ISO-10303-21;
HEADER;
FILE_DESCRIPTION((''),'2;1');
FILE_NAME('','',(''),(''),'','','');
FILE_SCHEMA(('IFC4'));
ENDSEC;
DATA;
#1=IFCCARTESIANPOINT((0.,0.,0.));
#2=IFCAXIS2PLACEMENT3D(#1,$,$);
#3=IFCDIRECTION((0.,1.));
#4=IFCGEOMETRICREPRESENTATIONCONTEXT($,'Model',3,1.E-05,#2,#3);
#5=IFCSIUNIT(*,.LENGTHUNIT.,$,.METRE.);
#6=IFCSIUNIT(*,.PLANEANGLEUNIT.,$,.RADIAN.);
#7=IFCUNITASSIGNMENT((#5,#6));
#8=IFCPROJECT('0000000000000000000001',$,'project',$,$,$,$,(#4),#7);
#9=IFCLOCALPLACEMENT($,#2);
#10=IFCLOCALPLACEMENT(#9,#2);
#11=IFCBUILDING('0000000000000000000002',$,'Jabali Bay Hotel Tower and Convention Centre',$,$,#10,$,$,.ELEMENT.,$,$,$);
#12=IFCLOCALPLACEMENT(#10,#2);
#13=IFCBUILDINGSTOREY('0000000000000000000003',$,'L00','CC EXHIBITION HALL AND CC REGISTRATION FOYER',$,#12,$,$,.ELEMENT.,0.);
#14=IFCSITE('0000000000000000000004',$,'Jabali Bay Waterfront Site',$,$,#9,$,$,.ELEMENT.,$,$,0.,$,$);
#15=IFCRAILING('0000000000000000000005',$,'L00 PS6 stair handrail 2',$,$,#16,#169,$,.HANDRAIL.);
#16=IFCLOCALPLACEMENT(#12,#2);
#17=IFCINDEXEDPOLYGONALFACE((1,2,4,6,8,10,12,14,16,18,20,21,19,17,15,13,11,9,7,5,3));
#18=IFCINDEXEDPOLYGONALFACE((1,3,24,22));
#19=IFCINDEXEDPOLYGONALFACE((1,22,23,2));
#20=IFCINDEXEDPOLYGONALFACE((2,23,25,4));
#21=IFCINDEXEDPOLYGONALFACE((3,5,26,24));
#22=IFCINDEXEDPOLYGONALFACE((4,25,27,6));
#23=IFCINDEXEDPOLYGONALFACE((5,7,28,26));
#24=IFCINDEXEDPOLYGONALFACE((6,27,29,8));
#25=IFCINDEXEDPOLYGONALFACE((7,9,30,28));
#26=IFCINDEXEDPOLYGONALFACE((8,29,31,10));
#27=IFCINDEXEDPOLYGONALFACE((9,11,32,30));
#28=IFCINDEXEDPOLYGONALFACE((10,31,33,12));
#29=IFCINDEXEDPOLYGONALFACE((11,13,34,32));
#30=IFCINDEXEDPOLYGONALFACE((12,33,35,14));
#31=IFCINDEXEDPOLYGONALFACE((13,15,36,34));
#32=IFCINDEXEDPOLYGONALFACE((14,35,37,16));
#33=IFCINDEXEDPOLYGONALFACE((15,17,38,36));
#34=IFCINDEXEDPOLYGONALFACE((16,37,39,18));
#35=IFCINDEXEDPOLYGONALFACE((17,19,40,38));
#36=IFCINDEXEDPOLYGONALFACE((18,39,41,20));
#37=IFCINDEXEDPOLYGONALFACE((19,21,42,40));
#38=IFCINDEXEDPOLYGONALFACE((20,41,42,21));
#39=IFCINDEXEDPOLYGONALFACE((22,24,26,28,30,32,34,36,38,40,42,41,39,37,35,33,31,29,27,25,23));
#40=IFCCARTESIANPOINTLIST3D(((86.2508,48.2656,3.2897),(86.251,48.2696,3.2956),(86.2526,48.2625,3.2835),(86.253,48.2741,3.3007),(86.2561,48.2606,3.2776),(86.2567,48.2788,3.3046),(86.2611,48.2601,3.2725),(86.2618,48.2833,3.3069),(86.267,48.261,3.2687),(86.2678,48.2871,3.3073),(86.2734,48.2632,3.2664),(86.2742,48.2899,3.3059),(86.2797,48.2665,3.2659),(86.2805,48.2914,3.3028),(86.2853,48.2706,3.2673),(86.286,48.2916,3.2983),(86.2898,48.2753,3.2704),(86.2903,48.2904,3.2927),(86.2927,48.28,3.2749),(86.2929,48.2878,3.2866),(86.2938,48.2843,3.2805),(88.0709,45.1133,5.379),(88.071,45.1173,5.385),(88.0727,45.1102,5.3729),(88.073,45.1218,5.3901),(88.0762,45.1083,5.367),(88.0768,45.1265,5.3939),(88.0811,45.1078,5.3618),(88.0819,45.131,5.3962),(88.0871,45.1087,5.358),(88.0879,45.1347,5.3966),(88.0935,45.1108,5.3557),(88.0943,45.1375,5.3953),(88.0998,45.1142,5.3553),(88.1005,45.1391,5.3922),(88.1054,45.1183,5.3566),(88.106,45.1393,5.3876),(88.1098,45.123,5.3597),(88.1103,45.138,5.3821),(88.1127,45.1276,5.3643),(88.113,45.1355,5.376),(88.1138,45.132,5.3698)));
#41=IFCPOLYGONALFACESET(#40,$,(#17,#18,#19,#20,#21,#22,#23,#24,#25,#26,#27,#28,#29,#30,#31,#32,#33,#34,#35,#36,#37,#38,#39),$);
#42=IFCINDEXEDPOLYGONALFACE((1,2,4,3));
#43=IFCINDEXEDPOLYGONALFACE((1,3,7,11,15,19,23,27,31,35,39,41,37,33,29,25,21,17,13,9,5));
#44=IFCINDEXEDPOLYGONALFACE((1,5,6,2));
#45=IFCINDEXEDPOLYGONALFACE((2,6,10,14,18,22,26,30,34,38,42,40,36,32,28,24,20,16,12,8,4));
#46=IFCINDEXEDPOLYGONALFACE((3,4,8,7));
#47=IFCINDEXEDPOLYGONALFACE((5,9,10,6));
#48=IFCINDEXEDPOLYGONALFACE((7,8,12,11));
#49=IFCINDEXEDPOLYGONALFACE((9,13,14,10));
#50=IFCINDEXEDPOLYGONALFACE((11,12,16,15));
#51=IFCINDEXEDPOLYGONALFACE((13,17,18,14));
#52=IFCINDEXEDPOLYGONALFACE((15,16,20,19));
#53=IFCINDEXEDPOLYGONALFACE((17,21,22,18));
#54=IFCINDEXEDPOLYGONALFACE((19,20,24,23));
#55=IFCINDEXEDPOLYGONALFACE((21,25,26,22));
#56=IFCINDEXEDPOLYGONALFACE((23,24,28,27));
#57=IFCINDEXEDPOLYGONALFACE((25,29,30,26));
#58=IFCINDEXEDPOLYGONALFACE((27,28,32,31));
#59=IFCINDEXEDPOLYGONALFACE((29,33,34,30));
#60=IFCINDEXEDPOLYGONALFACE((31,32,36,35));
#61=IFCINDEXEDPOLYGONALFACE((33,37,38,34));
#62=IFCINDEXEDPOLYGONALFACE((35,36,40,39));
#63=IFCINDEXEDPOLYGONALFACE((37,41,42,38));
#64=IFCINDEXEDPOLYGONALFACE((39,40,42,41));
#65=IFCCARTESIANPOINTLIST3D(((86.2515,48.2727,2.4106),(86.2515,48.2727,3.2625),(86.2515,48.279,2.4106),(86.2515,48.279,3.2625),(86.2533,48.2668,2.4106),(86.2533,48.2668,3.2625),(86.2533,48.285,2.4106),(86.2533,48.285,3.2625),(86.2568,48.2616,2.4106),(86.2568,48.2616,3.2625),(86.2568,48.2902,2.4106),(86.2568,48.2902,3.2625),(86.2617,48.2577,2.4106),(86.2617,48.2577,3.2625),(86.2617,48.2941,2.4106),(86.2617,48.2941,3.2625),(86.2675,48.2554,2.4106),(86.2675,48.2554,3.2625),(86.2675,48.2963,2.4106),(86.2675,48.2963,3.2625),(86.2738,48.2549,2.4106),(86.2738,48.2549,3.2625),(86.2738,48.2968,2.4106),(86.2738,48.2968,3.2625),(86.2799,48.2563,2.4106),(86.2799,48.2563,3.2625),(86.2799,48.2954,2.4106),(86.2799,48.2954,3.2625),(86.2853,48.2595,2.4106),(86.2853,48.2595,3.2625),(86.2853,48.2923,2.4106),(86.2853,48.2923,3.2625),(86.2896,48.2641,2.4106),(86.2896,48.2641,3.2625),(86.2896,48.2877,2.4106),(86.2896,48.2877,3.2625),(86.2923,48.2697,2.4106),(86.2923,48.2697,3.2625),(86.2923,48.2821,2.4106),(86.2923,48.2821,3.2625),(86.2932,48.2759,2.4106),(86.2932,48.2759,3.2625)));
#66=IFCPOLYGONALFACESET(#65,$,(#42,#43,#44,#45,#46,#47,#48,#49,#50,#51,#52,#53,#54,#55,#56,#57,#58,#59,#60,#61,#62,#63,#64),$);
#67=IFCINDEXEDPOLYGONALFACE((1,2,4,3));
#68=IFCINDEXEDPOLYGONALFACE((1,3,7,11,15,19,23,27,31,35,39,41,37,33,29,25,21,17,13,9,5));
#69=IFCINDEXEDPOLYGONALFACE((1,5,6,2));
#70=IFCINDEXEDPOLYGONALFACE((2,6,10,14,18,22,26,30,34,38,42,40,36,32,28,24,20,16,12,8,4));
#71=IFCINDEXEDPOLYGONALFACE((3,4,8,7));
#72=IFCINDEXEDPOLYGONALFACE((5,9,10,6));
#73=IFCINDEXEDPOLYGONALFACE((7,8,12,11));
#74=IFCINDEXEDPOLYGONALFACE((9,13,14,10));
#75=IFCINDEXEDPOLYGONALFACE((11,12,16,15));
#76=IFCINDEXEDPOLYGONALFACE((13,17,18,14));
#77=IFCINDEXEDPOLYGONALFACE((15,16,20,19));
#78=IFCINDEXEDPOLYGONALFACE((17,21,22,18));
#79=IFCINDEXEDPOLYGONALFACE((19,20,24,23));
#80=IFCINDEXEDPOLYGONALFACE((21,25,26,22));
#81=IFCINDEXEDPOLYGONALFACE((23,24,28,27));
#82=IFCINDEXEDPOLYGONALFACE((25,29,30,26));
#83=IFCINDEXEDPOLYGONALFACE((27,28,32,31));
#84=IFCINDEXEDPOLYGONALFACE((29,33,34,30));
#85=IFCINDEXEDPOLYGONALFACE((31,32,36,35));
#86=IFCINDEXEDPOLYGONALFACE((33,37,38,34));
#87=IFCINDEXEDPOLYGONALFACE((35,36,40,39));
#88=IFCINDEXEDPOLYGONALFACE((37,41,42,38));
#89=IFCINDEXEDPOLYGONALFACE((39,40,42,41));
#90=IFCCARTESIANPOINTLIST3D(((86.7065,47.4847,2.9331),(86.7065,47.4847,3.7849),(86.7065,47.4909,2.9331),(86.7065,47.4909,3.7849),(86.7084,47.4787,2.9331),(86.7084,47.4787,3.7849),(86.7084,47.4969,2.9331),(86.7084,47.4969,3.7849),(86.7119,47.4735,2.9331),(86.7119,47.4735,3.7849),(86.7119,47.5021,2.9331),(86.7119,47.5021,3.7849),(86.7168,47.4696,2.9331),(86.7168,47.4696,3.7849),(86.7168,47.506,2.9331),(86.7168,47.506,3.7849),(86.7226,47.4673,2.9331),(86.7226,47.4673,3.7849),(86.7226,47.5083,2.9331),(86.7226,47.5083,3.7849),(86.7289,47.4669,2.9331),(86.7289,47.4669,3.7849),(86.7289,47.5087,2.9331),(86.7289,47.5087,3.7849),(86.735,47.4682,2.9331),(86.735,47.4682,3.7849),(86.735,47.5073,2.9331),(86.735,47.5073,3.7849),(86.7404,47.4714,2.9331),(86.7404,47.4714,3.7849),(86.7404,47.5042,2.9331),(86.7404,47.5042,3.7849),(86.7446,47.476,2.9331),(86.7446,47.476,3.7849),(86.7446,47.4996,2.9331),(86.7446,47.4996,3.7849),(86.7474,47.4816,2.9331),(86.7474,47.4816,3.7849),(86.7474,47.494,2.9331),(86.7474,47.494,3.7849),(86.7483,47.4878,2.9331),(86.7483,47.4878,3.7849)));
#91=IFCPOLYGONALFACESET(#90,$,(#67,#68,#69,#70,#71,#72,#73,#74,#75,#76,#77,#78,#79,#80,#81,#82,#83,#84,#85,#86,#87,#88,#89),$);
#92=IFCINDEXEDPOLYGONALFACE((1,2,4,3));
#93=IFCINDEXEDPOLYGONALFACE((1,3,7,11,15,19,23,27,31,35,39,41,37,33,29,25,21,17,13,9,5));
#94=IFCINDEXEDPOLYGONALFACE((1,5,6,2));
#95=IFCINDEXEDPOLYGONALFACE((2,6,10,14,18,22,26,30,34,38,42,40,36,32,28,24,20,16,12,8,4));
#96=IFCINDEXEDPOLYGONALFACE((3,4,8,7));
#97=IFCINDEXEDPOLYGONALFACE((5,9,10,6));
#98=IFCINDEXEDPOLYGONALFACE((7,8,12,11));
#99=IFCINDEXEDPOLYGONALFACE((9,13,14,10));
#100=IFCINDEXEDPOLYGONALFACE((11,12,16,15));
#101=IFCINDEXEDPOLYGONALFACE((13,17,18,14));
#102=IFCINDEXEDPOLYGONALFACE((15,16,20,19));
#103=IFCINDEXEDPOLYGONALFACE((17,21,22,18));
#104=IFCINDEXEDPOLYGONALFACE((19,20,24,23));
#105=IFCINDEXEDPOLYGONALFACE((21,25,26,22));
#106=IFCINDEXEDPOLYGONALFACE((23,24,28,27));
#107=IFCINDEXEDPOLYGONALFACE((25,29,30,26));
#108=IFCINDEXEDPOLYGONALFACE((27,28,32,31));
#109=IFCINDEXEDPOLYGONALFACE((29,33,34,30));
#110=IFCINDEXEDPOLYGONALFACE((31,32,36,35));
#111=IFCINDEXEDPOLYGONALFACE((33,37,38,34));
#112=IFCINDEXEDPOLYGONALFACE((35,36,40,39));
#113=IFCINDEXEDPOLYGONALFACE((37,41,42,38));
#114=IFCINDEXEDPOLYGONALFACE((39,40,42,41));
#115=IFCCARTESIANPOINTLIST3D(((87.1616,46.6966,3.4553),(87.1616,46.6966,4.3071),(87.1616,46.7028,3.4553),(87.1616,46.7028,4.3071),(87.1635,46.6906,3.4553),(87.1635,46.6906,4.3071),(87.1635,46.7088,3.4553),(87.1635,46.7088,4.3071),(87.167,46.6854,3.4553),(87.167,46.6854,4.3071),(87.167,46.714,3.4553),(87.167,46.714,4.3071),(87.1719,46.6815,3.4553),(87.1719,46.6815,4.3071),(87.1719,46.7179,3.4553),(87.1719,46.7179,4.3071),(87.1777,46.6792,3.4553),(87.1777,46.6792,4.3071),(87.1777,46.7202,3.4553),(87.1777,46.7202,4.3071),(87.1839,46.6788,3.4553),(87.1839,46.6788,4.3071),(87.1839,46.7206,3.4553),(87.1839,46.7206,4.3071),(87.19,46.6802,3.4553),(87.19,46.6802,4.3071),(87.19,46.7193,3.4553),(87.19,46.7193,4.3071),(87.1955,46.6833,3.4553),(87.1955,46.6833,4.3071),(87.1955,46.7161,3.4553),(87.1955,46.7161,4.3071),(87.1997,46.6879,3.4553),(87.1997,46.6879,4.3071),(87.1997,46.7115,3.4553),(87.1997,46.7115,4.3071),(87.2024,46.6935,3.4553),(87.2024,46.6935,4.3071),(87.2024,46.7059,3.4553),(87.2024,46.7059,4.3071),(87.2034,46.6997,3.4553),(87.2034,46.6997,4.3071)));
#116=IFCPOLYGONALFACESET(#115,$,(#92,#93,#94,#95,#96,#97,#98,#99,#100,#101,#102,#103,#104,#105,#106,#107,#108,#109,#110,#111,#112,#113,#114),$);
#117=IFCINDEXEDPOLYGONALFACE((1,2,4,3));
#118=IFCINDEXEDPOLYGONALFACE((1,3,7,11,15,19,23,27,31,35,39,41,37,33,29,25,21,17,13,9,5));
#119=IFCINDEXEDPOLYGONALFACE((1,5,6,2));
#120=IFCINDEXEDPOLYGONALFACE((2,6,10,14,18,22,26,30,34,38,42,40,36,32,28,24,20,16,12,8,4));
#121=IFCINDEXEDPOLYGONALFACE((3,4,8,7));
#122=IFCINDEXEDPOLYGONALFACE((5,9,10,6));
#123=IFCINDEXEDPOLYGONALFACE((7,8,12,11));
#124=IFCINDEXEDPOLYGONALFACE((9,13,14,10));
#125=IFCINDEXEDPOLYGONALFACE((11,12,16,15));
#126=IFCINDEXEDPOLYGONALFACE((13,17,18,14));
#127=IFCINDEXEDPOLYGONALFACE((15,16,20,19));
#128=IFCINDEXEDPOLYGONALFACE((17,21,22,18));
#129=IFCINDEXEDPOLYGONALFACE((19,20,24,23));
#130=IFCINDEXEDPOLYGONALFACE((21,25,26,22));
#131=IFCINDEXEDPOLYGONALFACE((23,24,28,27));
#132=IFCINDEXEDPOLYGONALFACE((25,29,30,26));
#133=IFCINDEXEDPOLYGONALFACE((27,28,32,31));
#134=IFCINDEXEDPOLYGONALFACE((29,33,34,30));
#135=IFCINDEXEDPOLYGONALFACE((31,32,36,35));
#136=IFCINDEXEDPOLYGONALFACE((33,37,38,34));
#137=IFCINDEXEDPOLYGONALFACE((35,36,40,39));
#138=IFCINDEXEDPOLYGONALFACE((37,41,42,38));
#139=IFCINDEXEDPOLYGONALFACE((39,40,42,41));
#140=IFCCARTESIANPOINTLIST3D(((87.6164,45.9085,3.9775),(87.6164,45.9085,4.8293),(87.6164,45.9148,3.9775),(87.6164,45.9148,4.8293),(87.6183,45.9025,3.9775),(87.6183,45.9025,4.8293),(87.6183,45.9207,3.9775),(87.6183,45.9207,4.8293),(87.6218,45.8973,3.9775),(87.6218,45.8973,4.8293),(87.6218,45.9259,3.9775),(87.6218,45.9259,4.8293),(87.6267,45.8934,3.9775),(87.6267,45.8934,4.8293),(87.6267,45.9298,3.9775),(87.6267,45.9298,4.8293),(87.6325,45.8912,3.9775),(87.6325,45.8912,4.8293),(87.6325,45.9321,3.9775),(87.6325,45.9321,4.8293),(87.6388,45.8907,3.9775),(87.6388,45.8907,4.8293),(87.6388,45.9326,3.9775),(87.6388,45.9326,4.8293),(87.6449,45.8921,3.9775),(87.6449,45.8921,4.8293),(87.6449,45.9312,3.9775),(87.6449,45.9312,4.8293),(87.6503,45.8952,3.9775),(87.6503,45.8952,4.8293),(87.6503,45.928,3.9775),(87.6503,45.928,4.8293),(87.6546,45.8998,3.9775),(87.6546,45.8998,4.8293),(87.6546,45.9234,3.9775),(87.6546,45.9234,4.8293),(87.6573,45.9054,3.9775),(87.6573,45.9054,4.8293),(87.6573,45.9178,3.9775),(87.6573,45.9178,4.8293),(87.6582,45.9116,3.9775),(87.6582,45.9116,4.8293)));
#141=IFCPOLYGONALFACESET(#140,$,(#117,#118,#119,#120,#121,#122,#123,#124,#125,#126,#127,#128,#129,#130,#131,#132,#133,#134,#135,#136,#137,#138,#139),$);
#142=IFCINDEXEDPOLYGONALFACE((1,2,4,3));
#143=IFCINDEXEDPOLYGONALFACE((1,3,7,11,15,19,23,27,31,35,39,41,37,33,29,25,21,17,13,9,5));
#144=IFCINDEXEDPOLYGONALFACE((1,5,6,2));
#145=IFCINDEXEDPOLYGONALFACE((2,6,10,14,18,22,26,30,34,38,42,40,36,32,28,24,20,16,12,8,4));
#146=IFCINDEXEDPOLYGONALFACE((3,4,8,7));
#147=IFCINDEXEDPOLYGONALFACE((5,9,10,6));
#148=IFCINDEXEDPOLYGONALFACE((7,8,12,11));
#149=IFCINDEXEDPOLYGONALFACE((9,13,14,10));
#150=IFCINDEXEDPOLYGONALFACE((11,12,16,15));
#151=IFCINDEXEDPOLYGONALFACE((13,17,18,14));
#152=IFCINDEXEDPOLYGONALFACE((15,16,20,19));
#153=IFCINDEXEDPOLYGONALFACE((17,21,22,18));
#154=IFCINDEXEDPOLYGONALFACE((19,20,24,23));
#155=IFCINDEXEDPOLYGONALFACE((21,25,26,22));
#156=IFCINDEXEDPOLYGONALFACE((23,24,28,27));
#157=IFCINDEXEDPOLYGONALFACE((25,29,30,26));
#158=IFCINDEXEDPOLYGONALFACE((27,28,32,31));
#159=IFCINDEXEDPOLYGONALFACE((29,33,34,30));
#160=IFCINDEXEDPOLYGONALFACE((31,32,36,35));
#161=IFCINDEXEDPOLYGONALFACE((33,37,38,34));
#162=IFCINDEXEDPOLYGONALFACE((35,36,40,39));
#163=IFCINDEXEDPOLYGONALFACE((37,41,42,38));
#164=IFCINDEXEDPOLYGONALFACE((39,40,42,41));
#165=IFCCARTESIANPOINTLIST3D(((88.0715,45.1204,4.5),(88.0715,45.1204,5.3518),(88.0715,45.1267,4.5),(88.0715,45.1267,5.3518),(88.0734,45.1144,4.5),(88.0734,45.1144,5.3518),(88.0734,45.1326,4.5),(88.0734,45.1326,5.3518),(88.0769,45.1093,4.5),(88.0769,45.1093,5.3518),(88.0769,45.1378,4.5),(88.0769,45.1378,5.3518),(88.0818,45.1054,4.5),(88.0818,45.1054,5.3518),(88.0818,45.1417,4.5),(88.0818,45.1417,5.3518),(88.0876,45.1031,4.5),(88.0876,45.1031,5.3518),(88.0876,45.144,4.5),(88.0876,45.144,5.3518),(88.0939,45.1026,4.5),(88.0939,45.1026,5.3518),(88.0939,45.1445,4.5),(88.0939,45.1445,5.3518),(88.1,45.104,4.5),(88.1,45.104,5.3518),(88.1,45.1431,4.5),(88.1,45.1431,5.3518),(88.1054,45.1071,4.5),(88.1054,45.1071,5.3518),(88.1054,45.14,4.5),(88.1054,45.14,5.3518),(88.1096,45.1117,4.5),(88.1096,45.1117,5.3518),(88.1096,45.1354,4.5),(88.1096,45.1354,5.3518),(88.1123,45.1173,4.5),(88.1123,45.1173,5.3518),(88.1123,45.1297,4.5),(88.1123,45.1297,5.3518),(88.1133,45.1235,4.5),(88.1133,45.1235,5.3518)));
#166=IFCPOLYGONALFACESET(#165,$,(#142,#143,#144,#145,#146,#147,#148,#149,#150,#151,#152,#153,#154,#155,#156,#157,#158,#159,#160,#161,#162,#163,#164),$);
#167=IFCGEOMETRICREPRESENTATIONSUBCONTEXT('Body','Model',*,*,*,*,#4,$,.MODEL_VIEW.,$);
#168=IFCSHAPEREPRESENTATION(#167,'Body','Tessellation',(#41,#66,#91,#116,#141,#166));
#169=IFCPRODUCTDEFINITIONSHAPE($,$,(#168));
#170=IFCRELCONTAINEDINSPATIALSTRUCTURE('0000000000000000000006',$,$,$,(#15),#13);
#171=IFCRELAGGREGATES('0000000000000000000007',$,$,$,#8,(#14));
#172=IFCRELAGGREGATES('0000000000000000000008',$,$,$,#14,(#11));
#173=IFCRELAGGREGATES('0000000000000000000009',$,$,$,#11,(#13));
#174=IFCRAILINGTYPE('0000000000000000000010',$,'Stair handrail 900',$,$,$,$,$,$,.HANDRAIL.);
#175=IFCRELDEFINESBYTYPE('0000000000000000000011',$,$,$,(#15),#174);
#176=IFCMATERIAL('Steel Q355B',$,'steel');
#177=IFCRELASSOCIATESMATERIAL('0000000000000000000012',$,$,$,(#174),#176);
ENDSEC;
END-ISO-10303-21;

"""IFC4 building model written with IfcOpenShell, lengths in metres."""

from ifc_helpers import new_model, si_unit, direction, frame, origin, origin_2d, place, context, subcontext, project, spatial, circle, extrude, material, type_object, element, save


model = new_model("IFC4")

# Units and contexts
model_context = context("Model", 3, precision=1e-05, world=origin(), true_north=direction((0.0, 1.0)))
body_context = subcontext(model_context, "Body", "Model", "MODEL_VIEW")
ifc_project = project(units=[si_unit("LENGTHUNIT", "METRE"), si_unit("PLANEANGLEUNIT", "RADIAN")], contexts=[model_context])

# Site, building, storey
site_placement = place(None, origin())
site = spatial("IfcSite", under=ifc_project, at=site_placement, Name="Jabali Bay Waterfront Site", CompositionType="ELEMENT", RefElevation=0.0)
building_placement = place(site_placement, origin())
building = spatial("IfcBuilding", under=site, at=building_placement, Name="Jabali Bay Hotel Tower and Convention Centre", CompositionType="ELEMENT")
storey_placement = place(building_placement, origin())
storey = spatial("IfcBuildingStorey", under=building, at=storey_placement, Name="L00", Description="CC EXHIBITION HALL AND CC REGISTRATION FOYER", CompositionType="ELEMENT", Elevation=0.0)

# Railing
ifc_material_1 = material(Name="Steel Q355B", Category="steel")
railing_type_1 = type_object("IfcRailingType", Name="Stair handrail 900", PredefinedType="HANDRAIL", material=ifc_material_1)
for number, where, name in (
    (1, (86.2722, 48.2759, 2.4106), "L00 PS6 stair handrail 2"),
):
    element("IfcRailing", number, at=place(storey_placement, frame(where)), inside=storey, type_object=railing_type_1, Name=name, PredefinedType="HANDRAIL", context=body_context, shape_type="SweptSolid", body=[
        extrude(circle(Radius=0.0239, at=origin_2d()), frame((0.0, 0.0, 0.876), z_axis=(0.433653, -0.751084, 0.497814), x_axis=(0.866018, 0.500013, 0.0)), (0.0, 0.0, 1.0), 4.197),
        extrude(circle(Radius=0.021, at=origin_2d()), origin(), (0.0, 0.0, 1.0), 0.8518),
        extrude(circle(Radius=0.021, at=origin_2d()), frame((0.4551, -0.7881, 0.5225)), (0.0, 0.0, 1.0), 0.8518),
        extrude(circle(Radius=0.021, at=origin_2d()), frame((0.9102, -1.5762, 1.0447)), (0.0, 0.0, 1.0), 0.8518),
        extrude(circle(Radius=0.021, at=origin_2d()), frame((1.365, -2.3643, 1.5669)), (0.0, 0.0, 1.0), 0.8518),
        extrude(circle(Radius=0.021, at=origin_2d()), frame((1.8201, -3.1523, 2.0894)), (0.0, 0.0, 1.0), 0.8518),
    ])

save(model, "model.ifc")
